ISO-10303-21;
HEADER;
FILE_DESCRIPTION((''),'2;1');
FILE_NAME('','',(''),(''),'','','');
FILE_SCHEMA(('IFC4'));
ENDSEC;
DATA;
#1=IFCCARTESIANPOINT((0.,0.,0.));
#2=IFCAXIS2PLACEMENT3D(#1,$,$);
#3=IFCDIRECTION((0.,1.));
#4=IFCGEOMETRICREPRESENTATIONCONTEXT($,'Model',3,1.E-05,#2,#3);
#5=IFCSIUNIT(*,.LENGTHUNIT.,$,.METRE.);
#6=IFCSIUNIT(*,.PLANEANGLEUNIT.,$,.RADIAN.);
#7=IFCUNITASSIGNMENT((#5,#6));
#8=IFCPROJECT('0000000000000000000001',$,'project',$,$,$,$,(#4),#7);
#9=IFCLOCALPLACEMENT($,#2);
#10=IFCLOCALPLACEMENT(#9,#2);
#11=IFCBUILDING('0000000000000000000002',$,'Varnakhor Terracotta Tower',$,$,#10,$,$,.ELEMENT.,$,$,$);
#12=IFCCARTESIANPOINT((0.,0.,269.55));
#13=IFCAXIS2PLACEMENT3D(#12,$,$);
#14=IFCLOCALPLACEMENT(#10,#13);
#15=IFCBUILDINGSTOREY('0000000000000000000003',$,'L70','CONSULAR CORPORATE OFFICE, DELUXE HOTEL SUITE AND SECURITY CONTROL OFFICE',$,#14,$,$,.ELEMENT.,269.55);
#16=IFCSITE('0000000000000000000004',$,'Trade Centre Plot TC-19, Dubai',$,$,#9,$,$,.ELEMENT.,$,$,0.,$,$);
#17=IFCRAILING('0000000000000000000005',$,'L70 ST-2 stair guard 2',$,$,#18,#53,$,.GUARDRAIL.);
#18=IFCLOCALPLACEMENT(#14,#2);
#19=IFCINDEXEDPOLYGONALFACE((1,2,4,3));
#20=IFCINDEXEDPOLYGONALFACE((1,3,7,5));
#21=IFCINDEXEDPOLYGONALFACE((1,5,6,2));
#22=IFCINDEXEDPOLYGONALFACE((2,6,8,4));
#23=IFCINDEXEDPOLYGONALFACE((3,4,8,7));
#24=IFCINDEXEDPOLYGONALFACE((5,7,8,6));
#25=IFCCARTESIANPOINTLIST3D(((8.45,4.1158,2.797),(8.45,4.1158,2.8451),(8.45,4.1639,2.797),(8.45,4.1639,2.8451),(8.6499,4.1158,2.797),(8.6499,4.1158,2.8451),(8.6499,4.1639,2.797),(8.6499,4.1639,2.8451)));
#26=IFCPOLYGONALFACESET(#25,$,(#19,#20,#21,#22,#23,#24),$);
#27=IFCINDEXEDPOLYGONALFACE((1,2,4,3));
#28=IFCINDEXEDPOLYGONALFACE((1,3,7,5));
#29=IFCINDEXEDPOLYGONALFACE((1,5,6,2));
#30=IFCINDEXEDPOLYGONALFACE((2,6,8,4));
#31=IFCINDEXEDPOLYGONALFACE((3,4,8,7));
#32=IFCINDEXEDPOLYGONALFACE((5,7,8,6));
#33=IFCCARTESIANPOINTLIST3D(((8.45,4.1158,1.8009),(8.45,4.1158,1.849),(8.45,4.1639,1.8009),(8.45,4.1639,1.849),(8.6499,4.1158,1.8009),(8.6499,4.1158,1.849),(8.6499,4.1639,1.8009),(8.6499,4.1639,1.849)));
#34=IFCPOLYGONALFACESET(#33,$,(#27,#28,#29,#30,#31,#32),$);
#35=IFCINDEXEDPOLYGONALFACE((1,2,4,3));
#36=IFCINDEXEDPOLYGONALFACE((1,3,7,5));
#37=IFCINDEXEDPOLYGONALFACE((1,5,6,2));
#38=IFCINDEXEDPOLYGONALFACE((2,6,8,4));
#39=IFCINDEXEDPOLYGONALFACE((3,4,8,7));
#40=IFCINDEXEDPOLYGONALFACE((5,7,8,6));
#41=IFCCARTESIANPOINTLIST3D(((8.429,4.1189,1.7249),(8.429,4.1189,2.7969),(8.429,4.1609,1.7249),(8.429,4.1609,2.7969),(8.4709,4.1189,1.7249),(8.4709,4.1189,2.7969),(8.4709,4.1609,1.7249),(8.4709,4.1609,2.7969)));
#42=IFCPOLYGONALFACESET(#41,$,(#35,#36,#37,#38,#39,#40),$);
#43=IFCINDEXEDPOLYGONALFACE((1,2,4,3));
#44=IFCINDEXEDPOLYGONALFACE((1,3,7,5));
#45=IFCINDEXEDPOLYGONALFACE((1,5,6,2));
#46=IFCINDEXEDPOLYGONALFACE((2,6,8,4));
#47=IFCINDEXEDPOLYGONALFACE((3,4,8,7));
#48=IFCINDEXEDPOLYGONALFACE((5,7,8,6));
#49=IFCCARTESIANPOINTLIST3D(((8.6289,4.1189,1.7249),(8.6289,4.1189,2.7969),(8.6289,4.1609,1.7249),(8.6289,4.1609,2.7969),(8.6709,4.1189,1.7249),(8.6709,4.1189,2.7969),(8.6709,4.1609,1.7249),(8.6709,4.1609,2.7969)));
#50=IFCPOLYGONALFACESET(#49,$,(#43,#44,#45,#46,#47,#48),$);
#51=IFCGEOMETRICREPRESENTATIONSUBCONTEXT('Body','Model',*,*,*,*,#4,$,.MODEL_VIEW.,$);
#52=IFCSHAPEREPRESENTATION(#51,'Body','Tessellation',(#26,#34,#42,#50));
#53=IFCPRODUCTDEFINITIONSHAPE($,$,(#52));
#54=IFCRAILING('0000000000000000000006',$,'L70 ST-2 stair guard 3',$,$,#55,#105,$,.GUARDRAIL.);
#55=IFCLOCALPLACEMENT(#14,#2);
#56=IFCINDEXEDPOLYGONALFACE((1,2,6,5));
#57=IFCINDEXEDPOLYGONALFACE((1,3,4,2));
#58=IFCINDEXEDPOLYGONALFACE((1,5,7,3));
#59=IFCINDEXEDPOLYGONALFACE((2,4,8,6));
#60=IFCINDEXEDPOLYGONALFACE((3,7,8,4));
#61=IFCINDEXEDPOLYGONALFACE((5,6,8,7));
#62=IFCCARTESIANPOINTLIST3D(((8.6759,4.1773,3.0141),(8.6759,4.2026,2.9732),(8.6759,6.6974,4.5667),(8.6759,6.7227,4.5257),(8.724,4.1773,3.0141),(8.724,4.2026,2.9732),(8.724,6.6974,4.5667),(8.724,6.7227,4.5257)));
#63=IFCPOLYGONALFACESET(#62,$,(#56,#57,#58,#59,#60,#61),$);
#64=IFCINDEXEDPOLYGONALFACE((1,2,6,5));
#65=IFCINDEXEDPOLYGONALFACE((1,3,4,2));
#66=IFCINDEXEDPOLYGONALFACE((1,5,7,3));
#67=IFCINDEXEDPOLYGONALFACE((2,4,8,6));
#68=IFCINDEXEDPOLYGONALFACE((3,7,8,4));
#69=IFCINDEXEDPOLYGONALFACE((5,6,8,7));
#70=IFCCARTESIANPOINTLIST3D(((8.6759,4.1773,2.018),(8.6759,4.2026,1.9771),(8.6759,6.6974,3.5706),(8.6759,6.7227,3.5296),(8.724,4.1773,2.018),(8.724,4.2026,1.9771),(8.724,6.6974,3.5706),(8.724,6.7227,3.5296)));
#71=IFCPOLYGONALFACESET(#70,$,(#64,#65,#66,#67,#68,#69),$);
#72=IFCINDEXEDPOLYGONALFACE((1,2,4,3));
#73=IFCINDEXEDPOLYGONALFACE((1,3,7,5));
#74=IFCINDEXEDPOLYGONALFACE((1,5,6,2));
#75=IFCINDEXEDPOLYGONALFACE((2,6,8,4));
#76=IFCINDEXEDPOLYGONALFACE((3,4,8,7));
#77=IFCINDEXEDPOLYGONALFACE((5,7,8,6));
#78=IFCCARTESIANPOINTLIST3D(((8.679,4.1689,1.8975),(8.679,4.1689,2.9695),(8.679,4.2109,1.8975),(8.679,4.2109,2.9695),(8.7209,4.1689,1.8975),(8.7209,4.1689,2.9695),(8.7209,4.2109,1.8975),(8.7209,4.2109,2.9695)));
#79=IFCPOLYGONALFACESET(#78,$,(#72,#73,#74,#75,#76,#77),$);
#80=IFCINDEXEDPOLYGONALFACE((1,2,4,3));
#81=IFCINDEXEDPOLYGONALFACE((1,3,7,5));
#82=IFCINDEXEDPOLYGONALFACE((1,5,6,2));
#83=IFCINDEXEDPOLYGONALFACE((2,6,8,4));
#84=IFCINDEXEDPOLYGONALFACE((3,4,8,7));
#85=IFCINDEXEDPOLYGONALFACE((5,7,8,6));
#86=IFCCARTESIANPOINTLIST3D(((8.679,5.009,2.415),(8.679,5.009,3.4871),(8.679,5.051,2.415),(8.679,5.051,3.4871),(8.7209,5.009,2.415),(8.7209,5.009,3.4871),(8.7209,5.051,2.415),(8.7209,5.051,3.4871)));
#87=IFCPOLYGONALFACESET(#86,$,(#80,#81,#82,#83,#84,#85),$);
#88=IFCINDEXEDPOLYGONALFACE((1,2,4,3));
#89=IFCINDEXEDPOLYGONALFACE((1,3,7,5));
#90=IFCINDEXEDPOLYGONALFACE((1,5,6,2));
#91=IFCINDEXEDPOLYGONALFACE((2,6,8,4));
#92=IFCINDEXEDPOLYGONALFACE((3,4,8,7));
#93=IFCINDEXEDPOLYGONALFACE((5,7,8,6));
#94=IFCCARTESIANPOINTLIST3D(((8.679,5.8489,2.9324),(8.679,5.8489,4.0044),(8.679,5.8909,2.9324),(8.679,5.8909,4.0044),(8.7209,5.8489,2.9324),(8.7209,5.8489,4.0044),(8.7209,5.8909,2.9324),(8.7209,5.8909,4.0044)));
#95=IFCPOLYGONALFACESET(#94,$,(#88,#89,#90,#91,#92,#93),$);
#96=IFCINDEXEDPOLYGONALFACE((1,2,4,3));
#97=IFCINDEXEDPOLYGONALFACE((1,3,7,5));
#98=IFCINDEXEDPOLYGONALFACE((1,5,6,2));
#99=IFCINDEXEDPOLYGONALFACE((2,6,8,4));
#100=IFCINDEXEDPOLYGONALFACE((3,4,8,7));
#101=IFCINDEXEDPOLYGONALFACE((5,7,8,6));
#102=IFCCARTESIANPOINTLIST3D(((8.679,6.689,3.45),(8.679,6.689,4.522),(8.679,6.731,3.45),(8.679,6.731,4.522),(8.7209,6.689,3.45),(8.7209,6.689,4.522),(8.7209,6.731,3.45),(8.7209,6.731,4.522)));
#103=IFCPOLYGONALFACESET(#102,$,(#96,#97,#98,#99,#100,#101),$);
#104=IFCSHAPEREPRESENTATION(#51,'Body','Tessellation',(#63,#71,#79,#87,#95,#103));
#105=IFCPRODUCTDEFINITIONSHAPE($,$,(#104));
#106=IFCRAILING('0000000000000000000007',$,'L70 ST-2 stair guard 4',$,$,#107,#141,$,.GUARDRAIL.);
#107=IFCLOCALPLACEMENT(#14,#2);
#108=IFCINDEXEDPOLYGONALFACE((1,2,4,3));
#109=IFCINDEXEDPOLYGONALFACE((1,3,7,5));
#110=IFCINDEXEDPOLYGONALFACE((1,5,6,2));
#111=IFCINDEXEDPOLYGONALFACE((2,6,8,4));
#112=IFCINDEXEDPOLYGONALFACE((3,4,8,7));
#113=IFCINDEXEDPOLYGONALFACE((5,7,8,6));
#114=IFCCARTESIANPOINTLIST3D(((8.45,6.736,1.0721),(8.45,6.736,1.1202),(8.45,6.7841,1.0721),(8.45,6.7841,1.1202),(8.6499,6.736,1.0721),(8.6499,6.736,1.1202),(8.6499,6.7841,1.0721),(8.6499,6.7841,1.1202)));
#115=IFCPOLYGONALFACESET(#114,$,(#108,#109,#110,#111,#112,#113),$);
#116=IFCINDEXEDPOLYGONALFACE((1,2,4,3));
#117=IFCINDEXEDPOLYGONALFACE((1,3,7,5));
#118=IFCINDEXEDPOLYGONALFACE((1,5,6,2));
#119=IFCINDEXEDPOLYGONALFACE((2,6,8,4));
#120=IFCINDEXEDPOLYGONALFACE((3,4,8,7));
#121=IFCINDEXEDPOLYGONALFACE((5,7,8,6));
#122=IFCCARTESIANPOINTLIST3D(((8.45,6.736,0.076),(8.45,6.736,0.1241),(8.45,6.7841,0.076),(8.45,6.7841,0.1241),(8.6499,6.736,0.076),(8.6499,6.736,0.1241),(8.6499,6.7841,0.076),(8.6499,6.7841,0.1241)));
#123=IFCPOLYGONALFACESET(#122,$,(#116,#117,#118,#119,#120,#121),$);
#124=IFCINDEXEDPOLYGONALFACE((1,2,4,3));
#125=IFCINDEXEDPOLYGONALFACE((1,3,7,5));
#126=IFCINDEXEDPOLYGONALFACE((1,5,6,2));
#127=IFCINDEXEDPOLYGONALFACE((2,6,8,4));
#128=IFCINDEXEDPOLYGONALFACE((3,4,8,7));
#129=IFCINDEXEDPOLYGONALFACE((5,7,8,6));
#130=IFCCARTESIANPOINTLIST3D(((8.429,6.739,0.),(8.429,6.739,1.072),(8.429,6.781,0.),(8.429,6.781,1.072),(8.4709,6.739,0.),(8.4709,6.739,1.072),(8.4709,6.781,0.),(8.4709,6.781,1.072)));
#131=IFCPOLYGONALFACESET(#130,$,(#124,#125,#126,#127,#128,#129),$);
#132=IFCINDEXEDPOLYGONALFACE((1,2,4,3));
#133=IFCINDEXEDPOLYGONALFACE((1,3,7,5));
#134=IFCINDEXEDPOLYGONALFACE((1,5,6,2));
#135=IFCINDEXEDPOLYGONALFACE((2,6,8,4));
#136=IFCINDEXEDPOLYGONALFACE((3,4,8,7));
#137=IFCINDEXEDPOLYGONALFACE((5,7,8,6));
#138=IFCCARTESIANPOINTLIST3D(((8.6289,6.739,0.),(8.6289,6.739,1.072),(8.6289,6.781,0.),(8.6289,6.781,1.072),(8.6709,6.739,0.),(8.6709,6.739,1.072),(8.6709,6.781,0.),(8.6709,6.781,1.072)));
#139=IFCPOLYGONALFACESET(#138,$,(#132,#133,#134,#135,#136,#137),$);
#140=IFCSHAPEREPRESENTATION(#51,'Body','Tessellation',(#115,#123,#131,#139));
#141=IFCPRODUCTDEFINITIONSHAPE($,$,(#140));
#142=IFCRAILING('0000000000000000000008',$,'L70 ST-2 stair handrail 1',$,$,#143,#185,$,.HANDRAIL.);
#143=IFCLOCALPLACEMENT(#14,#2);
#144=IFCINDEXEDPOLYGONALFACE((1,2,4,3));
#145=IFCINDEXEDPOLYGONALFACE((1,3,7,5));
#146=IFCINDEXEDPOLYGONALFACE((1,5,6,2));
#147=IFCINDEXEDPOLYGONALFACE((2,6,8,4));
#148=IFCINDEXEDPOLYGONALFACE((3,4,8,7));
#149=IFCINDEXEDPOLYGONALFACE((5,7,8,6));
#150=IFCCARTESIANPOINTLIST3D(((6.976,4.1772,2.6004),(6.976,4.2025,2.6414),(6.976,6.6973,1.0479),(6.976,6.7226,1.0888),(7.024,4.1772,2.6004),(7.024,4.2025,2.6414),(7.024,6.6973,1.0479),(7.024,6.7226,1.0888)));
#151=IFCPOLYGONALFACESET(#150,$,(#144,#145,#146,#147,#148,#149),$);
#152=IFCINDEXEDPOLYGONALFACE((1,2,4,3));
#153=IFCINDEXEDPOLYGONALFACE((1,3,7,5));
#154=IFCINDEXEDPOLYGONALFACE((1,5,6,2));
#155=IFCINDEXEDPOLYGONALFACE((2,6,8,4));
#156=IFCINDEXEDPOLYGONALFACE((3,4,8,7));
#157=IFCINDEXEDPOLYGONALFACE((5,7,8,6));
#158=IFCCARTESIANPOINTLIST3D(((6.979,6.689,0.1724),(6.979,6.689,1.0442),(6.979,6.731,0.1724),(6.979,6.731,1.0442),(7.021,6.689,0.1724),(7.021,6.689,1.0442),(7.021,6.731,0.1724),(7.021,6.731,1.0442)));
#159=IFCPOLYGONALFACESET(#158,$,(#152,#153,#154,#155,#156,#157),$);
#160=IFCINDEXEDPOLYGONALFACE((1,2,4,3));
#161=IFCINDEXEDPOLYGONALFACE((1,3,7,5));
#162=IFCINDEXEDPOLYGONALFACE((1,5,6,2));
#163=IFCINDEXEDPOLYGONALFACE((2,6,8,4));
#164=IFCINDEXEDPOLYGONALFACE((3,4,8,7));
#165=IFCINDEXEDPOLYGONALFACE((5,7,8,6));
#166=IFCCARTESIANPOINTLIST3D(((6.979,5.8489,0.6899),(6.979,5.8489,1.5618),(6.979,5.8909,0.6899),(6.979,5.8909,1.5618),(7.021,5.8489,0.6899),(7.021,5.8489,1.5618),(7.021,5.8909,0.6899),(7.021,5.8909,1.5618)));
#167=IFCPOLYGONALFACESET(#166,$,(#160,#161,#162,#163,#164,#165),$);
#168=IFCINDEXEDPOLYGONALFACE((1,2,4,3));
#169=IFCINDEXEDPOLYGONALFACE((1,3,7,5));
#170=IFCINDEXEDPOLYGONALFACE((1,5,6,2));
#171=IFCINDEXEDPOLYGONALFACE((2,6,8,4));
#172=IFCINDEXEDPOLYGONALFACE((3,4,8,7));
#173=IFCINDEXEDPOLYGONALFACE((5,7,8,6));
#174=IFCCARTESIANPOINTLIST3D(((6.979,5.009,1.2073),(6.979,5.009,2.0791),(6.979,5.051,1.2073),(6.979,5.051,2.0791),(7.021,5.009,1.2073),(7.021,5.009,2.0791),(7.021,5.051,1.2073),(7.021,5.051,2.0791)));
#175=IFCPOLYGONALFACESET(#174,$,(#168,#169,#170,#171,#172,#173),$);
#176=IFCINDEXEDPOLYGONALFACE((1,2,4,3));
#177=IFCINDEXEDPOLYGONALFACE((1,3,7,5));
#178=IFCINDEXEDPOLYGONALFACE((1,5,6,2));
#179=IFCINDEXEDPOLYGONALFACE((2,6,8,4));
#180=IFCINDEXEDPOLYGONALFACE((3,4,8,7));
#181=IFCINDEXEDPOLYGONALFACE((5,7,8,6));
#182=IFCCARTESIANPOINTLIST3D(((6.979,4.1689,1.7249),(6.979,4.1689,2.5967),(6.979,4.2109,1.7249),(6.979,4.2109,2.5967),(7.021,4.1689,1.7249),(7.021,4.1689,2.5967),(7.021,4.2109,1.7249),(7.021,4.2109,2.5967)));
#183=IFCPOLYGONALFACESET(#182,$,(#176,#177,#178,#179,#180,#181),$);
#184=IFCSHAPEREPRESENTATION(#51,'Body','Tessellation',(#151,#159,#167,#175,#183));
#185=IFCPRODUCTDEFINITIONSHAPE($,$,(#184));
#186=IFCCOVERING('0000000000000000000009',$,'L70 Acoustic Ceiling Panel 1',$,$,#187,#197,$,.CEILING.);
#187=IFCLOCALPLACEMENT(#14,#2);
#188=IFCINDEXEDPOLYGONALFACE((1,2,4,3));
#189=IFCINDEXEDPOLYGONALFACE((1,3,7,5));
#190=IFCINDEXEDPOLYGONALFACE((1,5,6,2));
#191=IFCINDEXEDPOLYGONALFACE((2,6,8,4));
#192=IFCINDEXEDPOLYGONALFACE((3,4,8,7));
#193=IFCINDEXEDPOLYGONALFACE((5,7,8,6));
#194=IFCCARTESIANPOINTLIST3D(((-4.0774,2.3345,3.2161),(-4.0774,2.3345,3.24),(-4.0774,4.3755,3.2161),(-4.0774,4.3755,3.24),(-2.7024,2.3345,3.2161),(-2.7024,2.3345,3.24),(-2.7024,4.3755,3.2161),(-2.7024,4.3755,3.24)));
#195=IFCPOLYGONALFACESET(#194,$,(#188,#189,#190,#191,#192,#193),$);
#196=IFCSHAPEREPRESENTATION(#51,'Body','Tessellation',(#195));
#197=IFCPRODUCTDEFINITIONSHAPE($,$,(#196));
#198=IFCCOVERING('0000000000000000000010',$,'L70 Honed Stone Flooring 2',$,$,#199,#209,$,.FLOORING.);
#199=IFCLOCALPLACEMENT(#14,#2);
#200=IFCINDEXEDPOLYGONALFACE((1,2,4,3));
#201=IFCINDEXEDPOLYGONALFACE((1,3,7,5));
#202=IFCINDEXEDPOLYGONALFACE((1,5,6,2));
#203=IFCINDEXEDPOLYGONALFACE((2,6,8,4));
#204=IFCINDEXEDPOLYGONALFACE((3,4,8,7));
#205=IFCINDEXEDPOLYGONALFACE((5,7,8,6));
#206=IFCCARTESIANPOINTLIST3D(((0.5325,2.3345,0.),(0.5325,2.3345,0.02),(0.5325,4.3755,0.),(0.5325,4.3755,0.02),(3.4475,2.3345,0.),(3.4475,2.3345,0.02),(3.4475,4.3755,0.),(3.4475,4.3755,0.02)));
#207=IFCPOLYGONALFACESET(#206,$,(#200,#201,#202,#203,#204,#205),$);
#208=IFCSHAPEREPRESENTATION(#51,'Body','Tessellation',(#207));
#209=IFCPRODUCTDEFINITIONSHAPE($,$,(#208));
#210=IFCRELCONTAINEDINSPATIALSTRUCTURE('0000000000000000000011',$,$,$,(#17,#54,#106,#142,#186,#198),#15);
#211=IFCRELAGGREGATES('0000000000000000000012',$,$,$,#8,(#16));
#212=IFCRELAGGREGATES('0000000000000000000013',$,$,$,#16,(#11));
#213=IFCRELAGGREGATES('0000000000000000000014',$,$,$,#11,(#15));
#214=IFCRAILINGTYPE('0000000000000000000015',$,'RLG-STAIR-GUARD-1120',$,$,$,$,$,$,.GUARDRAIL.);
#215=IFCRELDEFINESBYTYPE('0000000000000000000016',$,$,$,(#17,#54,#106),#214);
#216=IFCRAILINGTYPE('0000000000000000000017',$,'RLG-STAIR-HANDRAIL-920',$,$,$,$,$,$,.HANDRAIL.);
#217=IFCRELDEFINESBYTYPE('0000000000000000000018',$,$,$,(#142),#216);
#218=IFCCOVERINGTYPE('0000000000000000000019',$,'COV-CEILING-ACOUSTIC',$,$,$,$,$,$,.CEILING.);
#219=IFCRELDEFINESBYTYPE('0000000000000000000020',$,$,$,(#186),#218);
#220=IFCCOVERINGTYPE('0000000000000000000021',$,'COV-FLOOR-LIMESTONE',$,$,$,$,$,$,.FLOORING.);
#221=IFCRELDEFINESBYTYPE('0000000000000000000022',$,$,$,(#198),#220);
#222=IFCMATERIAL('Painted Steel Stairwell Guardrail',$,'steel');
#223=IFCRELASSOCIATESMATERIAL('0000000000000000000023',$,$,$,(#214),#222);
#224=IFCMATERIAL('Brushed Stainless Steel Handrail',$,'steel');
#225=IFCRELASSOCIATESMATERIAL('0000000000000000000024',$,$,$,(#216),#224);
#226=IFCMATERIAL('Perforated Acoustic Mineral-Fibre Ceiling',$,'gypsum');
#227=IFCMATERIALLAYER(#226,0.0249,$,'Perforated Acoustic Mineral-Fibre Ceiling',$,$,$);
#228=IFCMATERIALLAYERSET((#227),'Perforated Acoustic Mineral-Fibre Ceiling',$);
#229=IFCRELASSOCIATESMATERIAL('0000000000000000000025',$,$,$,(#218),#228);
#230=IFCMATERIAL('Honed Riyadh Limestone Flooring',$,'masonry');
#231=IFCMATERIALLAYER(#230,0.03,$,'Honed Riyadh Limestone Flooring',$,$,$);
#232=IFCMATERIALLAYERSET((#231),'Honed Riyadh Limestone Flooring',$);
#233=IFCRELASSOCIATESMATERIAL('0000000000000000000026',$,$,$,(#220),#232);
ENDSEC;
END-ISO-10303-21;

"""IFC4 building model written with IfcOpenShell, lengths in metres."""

from ifc_helpers import new_model, si_unit, direction, frame, origin, origin_2d, place, context, subcontext, project, spatial, rectangle, extrude, source, transform, mapped, material, layer, layer_set, type_object, element, save


model = new_model("IFC4")

# Units and contexts
model_context = context("Model", 3, precision=1e-05, world=origin(), true_north=direction((0.0, 1.0)))
body_context = subcontext(model_context, "Body", "Model", "MODEL_VIEW")
ifc_project = project(units=[si_unit("LENGTHUNIT", "METRE"), si_unit("PLANEANGLEUNIT", "RADIAN")], contexts=[model_context])

# Site, building, storey
site_placement = place(None, origin())
site = spatial("IfcSite", under=ifc_project, at=site_placement, Name="Trade Centre Plot TC-19, Dubai", CompositionType="ELEMENT", RefElevation=0.0)
building_placement = place(site_placement, origin())
building = spatial("IfcBuilding", under=site, at=building_placement, Name="Varnakhor Terracotta Tower", CompositionType="ELEMENT")
storey_placement = place(building_placement, frame((0.0, 0.0, 269.55)))
storey = spatial("IfcBuildingStorey", under=building, at=storey_placement, Name="L70", Description="CONSULAR CORPORATE OFFICE, DELUXE HOTEL SUITE AND SECURITY CONTROL OFFICE", CompositionType="ELEMENT", Elevation=269.55)

# Railings
ifc_material_1 = material(Name="Painted Steel Stairwell Guardrail", Category="steel")
railing_type_1 = type_object("IfcRailingType", Name="RLG-STAIR-GUARD-1120", PredefinedType="GUARDRAIL", material=ifc_material_1)
railing_1_placement = place(storey_placement, frame((8.45, 4.1399, 1.7249)))
element("IfcRailing", 1, at=railing_1_placement, inside=storey, type_object=railing_type_1, Name="L70 ST-2 stair guard 2", PredefinedType="GUARDRAIL", context=body_context, shape_type="SweptSolid", body=[
    extrude(rectangle(XDim=0.0481, YDim=0.0481, at=origin_2d()), frame((0.0, 0.0, 1.0962), z_axis=(1.0, 0.0, 0.0), x_axis=(0.0, 1.0, 0.0)), (0.0, 0.0, 1.0), 0.2),
    extrude(rectangle(XDim=0.0481, YDim=0.0481, at=origin_2d()), frame((0.0, 0.0, 0.1001), z_axis=(1.0, 0.0, 0.0), x_axis=(0.0, 1.0, 0.0)), (0.0, 0.0, 1.0), 0.2),
    extrude(rectangle(XDim=0.042, YDim=0.042, at=origin_2d()), origin(), (0.0, 0.0, 1.0), 1.072),
    extrude(rectangle(XDim=0.042, YDim=0.042, at=origin_2d()), frame((0.2, 0.0, 0.0)), (0.0, 0.0, 1.0), 1.072),
])
railing_2_placement = place(storey_placement, frame((8.7, 4.1899, 1.8975)))
element("IfcRailing", 2, at=railing_2_placement, inside=storey, type_object=railing_type_1, Name="L70 ST-2 stair guard 3", PredefinedType="GUARDRAIL", context=body_context, shape_type="SweptSolid", body=[
    extrude(rectangle(XDim=0.0481, YDim=0.0481, at=origin_2d()), frame((0.0, 0.0, 1.0962), z_axis=(0.0, 0.8514, 0.524516), x_axis=(-1.0, 0.0, 0.0)), (0.0, 0.0, 1.0), 2.96),
    extrude(rectangle(XDim=0.0481, YDim=0.0481, at=origin_2d()), frame((0.0, 0.0, 0.1001), z_axis=(0.0, 0.8514, 0.524516), x_axis=(-1.0, 0.0, 0.0)), (0.0, 0.0, 1.0), 2.96),
    extrude(rectangle(XDim=0.042, YDim=0.042, at=origin_2d()), origin(), (0.0, 0.0, 1.0), 1.072),
    extrude(rectangle(XDim=0.042, YDim=0.042, at=origin_2d()), frame((0.0, 0.8401, 0.5176)), (0.0, 0.0, 1.0), 1.072),
    extrude(rectangle(XDim=0.042, YDim=0.042, at=origin_2d()), frame((0.0, 1.6799, 1.0349)), (0.0, 0.0, 1.0), 1.072),
    extrude(rectangle(XDim=0.042, YDim=0.042, at=origin_2d()), frame((0.0, 2.52, 1.5525)), (0.0, 0.0, 1.0), 1.072),
])
railing_3_placement = place(storey_placement, frame((8.45, 6.76, 0.0)))
element("IfcRailing", 3, at=railing_3_placement, inside=storey, type_object=railing_type_1, Name="L70 ST-2 stair guard 4", PredefinedType="GUARDRAIL", context=body_context, shape_type="SweptSolid", body=[
    extrude(rectangle(XDim=0.0481, YDim=0.0481, at=origin_2d()), frame((0.0, 0.0, 1.0962), z_axis=(1.0, 0.0, 0.0), x_axis=(0.0, 1.0, 0.0)), (0.0, 0.0, 1.0), 0.2),
    extrude(rectangle(XDim=0.0481, YDim=0.0481, at=origin_2d()), frame((0.0, 0.0, 0.1001), z_axis=(1.0, 0.0, 0.0), x_axis=(0.0, 1.0, 0.0)), (0.0, 0.0, 1.0), 0.2),
    extrude(rectangle(XDim=0.042, YDim=0.042, at=origin_2d()), origin(), (0.0, 0.0, 1.0), 1.072),
    extrude(rectangle(XDim=0.042, YDim=0.042, at=origin_2d()), frame((0.2, 0.0, 0.0)), (0.0, 0.0, 1.0), 1.072),
])
ifc_material_2 = material(Name="Brushed Stainless Steel Handrail", Category="steel")
railing_type_2 = type_object("IfcRailingType", Name="RLG-STAIR-HANDRAIL-920", PredefinedType="HANDRAIL", material=ifc_material_2)
railing_4_placement = place(storey_placement, frame((7.0, 6.71, 0.1724)))
element("IfcRailing", 4, at=railing_4_placement, inside=storey, type_object=railing_type_2, Name="L70 ST-2 stair handrail 1", PredefinedType="HANDRAIL", context=body_context, shape_type="SweptSolid", body=[
    extrude(rectangle(XDim=0.0481, YDim=0.0481, at=origin_2d()), frame((0.0, 0.0, 0.896), z_axis=(0.0, -0.8514, 0.524516), x_axis=(1.0, 0.0, 0.0)), (0.0, 0.0, 1.0), 2.96),
    extrude(rectangle(XDim=0.042, YDim=0.042, at=origin_2d()), origin(), (0.0, 0.0, 1.0), 0.8718),
    extrude(rectangle(XDim=0.042, YDim=0.042, at=origin_2d()), frame((0.0, -0.8401, 0.5176)), (0.0, 0.0, 1.0), 0.8718),
    extrude(rectangle(XDim=0.042, YDim=0.042, at=origin_2d()), frame((0.0, -1.6799, 1.0349)), (0.0, 0.0, 1.0), 0.8718),
    extrude(rectangle(XDim=0.042, YDim=0.042, at=origin_2d()), frame((0.0, -2.52, 1.5525)), (0.0, 0.0, 1.0), 0.8718),
])

# Coverings
ifc_material_3 = material(Name="Perforated Acoustic Mineral-Fibre Ceiling", Category="gypsum")
ifc_layer_1 = layer(ifc_material_3, 0.0249, Name="Perforated Acoustic Mineral-Fibre Ceiling")
ifc_layer_set_1 = layer_set([ifc_layer_1], Name="Perforated Acoustic Mineral-Fibre Ceiling")
covering_type_1 = type_object("IfcCoveringType", Name="COV-CEILING-ACOUSTIC", PredefinedType="CEILING", material=ifc_layer_set_1)
shared_shape_1 = source(origin(), body_context, "Body", "SweptSolid", [
    extrude(rectangle(XDim=1.375, YDim=2.041, at=origin_2d()), origin(), (0.0, 0.0, 1.0), 0.0239),
])
covering_1_placement = place(storey_placement, frame((-3.3899, 3.355, 3.2161), z_axis=(0.0, 0.0, 1.0), x_axis=(1.0, 0.0, 0.0)))
element("IfcCovering", 5, at=covering_1_placement, inside=storey, type_object=covering_type_1, Name="L70 Acoustic Ceiling Panel 1", PredefinedType="CEILING", context=body_context, shape_type="MappedRepresentation", body=[
    mapped(shared_shape_1, transform((0.0, 0.0, 0.0), scale=1.0)),
])
ifc_material_4 = material(Name="Honed Riyadh Limestone Flooring", Category="masonry")
ifc_layer_2 = layer(ifc_material_4, 0.03, Name="Honed Riyadh Limestone Flooring")
ifc_layer_set_2 = layer_set([ifc_layer_2], Name="Honed Riyadh Limestone Flooring")
covering_type_2 = type_object("IfcCoveringType", Name="COV-FLOOR-LIMESTONE", PredefinedType="FLOORING", material=ifc_layer_set_2)
shared_shape_2 = source(origin(), body_context, "Body", "SweptSolid", [
    extrude(rectangle(XDim=2.915, YDim=2.041, at=origin_2d()), origin(), (0.0, 0.0, 1.0), 0.02),
])
covering_2_placement = place(storey_placement, frame((1.99, 3.355, 0.0), z_axis=(0.0, 0.0, 1.0), x_axis=(1.0, 0.0, 0.0)))
element("IfcCovering", 6, at=covering_2_placement, inside=storey, type_object=covering_type_2, Name="L70 Honed Stone Flooring 2", PredefinedType="FLOORING", context=body_context, shape_type="MappedRepresentation", body=[
    mapped(shared_shape_2, transform((0.0, 0.0, 0.0), scale=1.0)),
])

save(model, "model.ifc")
